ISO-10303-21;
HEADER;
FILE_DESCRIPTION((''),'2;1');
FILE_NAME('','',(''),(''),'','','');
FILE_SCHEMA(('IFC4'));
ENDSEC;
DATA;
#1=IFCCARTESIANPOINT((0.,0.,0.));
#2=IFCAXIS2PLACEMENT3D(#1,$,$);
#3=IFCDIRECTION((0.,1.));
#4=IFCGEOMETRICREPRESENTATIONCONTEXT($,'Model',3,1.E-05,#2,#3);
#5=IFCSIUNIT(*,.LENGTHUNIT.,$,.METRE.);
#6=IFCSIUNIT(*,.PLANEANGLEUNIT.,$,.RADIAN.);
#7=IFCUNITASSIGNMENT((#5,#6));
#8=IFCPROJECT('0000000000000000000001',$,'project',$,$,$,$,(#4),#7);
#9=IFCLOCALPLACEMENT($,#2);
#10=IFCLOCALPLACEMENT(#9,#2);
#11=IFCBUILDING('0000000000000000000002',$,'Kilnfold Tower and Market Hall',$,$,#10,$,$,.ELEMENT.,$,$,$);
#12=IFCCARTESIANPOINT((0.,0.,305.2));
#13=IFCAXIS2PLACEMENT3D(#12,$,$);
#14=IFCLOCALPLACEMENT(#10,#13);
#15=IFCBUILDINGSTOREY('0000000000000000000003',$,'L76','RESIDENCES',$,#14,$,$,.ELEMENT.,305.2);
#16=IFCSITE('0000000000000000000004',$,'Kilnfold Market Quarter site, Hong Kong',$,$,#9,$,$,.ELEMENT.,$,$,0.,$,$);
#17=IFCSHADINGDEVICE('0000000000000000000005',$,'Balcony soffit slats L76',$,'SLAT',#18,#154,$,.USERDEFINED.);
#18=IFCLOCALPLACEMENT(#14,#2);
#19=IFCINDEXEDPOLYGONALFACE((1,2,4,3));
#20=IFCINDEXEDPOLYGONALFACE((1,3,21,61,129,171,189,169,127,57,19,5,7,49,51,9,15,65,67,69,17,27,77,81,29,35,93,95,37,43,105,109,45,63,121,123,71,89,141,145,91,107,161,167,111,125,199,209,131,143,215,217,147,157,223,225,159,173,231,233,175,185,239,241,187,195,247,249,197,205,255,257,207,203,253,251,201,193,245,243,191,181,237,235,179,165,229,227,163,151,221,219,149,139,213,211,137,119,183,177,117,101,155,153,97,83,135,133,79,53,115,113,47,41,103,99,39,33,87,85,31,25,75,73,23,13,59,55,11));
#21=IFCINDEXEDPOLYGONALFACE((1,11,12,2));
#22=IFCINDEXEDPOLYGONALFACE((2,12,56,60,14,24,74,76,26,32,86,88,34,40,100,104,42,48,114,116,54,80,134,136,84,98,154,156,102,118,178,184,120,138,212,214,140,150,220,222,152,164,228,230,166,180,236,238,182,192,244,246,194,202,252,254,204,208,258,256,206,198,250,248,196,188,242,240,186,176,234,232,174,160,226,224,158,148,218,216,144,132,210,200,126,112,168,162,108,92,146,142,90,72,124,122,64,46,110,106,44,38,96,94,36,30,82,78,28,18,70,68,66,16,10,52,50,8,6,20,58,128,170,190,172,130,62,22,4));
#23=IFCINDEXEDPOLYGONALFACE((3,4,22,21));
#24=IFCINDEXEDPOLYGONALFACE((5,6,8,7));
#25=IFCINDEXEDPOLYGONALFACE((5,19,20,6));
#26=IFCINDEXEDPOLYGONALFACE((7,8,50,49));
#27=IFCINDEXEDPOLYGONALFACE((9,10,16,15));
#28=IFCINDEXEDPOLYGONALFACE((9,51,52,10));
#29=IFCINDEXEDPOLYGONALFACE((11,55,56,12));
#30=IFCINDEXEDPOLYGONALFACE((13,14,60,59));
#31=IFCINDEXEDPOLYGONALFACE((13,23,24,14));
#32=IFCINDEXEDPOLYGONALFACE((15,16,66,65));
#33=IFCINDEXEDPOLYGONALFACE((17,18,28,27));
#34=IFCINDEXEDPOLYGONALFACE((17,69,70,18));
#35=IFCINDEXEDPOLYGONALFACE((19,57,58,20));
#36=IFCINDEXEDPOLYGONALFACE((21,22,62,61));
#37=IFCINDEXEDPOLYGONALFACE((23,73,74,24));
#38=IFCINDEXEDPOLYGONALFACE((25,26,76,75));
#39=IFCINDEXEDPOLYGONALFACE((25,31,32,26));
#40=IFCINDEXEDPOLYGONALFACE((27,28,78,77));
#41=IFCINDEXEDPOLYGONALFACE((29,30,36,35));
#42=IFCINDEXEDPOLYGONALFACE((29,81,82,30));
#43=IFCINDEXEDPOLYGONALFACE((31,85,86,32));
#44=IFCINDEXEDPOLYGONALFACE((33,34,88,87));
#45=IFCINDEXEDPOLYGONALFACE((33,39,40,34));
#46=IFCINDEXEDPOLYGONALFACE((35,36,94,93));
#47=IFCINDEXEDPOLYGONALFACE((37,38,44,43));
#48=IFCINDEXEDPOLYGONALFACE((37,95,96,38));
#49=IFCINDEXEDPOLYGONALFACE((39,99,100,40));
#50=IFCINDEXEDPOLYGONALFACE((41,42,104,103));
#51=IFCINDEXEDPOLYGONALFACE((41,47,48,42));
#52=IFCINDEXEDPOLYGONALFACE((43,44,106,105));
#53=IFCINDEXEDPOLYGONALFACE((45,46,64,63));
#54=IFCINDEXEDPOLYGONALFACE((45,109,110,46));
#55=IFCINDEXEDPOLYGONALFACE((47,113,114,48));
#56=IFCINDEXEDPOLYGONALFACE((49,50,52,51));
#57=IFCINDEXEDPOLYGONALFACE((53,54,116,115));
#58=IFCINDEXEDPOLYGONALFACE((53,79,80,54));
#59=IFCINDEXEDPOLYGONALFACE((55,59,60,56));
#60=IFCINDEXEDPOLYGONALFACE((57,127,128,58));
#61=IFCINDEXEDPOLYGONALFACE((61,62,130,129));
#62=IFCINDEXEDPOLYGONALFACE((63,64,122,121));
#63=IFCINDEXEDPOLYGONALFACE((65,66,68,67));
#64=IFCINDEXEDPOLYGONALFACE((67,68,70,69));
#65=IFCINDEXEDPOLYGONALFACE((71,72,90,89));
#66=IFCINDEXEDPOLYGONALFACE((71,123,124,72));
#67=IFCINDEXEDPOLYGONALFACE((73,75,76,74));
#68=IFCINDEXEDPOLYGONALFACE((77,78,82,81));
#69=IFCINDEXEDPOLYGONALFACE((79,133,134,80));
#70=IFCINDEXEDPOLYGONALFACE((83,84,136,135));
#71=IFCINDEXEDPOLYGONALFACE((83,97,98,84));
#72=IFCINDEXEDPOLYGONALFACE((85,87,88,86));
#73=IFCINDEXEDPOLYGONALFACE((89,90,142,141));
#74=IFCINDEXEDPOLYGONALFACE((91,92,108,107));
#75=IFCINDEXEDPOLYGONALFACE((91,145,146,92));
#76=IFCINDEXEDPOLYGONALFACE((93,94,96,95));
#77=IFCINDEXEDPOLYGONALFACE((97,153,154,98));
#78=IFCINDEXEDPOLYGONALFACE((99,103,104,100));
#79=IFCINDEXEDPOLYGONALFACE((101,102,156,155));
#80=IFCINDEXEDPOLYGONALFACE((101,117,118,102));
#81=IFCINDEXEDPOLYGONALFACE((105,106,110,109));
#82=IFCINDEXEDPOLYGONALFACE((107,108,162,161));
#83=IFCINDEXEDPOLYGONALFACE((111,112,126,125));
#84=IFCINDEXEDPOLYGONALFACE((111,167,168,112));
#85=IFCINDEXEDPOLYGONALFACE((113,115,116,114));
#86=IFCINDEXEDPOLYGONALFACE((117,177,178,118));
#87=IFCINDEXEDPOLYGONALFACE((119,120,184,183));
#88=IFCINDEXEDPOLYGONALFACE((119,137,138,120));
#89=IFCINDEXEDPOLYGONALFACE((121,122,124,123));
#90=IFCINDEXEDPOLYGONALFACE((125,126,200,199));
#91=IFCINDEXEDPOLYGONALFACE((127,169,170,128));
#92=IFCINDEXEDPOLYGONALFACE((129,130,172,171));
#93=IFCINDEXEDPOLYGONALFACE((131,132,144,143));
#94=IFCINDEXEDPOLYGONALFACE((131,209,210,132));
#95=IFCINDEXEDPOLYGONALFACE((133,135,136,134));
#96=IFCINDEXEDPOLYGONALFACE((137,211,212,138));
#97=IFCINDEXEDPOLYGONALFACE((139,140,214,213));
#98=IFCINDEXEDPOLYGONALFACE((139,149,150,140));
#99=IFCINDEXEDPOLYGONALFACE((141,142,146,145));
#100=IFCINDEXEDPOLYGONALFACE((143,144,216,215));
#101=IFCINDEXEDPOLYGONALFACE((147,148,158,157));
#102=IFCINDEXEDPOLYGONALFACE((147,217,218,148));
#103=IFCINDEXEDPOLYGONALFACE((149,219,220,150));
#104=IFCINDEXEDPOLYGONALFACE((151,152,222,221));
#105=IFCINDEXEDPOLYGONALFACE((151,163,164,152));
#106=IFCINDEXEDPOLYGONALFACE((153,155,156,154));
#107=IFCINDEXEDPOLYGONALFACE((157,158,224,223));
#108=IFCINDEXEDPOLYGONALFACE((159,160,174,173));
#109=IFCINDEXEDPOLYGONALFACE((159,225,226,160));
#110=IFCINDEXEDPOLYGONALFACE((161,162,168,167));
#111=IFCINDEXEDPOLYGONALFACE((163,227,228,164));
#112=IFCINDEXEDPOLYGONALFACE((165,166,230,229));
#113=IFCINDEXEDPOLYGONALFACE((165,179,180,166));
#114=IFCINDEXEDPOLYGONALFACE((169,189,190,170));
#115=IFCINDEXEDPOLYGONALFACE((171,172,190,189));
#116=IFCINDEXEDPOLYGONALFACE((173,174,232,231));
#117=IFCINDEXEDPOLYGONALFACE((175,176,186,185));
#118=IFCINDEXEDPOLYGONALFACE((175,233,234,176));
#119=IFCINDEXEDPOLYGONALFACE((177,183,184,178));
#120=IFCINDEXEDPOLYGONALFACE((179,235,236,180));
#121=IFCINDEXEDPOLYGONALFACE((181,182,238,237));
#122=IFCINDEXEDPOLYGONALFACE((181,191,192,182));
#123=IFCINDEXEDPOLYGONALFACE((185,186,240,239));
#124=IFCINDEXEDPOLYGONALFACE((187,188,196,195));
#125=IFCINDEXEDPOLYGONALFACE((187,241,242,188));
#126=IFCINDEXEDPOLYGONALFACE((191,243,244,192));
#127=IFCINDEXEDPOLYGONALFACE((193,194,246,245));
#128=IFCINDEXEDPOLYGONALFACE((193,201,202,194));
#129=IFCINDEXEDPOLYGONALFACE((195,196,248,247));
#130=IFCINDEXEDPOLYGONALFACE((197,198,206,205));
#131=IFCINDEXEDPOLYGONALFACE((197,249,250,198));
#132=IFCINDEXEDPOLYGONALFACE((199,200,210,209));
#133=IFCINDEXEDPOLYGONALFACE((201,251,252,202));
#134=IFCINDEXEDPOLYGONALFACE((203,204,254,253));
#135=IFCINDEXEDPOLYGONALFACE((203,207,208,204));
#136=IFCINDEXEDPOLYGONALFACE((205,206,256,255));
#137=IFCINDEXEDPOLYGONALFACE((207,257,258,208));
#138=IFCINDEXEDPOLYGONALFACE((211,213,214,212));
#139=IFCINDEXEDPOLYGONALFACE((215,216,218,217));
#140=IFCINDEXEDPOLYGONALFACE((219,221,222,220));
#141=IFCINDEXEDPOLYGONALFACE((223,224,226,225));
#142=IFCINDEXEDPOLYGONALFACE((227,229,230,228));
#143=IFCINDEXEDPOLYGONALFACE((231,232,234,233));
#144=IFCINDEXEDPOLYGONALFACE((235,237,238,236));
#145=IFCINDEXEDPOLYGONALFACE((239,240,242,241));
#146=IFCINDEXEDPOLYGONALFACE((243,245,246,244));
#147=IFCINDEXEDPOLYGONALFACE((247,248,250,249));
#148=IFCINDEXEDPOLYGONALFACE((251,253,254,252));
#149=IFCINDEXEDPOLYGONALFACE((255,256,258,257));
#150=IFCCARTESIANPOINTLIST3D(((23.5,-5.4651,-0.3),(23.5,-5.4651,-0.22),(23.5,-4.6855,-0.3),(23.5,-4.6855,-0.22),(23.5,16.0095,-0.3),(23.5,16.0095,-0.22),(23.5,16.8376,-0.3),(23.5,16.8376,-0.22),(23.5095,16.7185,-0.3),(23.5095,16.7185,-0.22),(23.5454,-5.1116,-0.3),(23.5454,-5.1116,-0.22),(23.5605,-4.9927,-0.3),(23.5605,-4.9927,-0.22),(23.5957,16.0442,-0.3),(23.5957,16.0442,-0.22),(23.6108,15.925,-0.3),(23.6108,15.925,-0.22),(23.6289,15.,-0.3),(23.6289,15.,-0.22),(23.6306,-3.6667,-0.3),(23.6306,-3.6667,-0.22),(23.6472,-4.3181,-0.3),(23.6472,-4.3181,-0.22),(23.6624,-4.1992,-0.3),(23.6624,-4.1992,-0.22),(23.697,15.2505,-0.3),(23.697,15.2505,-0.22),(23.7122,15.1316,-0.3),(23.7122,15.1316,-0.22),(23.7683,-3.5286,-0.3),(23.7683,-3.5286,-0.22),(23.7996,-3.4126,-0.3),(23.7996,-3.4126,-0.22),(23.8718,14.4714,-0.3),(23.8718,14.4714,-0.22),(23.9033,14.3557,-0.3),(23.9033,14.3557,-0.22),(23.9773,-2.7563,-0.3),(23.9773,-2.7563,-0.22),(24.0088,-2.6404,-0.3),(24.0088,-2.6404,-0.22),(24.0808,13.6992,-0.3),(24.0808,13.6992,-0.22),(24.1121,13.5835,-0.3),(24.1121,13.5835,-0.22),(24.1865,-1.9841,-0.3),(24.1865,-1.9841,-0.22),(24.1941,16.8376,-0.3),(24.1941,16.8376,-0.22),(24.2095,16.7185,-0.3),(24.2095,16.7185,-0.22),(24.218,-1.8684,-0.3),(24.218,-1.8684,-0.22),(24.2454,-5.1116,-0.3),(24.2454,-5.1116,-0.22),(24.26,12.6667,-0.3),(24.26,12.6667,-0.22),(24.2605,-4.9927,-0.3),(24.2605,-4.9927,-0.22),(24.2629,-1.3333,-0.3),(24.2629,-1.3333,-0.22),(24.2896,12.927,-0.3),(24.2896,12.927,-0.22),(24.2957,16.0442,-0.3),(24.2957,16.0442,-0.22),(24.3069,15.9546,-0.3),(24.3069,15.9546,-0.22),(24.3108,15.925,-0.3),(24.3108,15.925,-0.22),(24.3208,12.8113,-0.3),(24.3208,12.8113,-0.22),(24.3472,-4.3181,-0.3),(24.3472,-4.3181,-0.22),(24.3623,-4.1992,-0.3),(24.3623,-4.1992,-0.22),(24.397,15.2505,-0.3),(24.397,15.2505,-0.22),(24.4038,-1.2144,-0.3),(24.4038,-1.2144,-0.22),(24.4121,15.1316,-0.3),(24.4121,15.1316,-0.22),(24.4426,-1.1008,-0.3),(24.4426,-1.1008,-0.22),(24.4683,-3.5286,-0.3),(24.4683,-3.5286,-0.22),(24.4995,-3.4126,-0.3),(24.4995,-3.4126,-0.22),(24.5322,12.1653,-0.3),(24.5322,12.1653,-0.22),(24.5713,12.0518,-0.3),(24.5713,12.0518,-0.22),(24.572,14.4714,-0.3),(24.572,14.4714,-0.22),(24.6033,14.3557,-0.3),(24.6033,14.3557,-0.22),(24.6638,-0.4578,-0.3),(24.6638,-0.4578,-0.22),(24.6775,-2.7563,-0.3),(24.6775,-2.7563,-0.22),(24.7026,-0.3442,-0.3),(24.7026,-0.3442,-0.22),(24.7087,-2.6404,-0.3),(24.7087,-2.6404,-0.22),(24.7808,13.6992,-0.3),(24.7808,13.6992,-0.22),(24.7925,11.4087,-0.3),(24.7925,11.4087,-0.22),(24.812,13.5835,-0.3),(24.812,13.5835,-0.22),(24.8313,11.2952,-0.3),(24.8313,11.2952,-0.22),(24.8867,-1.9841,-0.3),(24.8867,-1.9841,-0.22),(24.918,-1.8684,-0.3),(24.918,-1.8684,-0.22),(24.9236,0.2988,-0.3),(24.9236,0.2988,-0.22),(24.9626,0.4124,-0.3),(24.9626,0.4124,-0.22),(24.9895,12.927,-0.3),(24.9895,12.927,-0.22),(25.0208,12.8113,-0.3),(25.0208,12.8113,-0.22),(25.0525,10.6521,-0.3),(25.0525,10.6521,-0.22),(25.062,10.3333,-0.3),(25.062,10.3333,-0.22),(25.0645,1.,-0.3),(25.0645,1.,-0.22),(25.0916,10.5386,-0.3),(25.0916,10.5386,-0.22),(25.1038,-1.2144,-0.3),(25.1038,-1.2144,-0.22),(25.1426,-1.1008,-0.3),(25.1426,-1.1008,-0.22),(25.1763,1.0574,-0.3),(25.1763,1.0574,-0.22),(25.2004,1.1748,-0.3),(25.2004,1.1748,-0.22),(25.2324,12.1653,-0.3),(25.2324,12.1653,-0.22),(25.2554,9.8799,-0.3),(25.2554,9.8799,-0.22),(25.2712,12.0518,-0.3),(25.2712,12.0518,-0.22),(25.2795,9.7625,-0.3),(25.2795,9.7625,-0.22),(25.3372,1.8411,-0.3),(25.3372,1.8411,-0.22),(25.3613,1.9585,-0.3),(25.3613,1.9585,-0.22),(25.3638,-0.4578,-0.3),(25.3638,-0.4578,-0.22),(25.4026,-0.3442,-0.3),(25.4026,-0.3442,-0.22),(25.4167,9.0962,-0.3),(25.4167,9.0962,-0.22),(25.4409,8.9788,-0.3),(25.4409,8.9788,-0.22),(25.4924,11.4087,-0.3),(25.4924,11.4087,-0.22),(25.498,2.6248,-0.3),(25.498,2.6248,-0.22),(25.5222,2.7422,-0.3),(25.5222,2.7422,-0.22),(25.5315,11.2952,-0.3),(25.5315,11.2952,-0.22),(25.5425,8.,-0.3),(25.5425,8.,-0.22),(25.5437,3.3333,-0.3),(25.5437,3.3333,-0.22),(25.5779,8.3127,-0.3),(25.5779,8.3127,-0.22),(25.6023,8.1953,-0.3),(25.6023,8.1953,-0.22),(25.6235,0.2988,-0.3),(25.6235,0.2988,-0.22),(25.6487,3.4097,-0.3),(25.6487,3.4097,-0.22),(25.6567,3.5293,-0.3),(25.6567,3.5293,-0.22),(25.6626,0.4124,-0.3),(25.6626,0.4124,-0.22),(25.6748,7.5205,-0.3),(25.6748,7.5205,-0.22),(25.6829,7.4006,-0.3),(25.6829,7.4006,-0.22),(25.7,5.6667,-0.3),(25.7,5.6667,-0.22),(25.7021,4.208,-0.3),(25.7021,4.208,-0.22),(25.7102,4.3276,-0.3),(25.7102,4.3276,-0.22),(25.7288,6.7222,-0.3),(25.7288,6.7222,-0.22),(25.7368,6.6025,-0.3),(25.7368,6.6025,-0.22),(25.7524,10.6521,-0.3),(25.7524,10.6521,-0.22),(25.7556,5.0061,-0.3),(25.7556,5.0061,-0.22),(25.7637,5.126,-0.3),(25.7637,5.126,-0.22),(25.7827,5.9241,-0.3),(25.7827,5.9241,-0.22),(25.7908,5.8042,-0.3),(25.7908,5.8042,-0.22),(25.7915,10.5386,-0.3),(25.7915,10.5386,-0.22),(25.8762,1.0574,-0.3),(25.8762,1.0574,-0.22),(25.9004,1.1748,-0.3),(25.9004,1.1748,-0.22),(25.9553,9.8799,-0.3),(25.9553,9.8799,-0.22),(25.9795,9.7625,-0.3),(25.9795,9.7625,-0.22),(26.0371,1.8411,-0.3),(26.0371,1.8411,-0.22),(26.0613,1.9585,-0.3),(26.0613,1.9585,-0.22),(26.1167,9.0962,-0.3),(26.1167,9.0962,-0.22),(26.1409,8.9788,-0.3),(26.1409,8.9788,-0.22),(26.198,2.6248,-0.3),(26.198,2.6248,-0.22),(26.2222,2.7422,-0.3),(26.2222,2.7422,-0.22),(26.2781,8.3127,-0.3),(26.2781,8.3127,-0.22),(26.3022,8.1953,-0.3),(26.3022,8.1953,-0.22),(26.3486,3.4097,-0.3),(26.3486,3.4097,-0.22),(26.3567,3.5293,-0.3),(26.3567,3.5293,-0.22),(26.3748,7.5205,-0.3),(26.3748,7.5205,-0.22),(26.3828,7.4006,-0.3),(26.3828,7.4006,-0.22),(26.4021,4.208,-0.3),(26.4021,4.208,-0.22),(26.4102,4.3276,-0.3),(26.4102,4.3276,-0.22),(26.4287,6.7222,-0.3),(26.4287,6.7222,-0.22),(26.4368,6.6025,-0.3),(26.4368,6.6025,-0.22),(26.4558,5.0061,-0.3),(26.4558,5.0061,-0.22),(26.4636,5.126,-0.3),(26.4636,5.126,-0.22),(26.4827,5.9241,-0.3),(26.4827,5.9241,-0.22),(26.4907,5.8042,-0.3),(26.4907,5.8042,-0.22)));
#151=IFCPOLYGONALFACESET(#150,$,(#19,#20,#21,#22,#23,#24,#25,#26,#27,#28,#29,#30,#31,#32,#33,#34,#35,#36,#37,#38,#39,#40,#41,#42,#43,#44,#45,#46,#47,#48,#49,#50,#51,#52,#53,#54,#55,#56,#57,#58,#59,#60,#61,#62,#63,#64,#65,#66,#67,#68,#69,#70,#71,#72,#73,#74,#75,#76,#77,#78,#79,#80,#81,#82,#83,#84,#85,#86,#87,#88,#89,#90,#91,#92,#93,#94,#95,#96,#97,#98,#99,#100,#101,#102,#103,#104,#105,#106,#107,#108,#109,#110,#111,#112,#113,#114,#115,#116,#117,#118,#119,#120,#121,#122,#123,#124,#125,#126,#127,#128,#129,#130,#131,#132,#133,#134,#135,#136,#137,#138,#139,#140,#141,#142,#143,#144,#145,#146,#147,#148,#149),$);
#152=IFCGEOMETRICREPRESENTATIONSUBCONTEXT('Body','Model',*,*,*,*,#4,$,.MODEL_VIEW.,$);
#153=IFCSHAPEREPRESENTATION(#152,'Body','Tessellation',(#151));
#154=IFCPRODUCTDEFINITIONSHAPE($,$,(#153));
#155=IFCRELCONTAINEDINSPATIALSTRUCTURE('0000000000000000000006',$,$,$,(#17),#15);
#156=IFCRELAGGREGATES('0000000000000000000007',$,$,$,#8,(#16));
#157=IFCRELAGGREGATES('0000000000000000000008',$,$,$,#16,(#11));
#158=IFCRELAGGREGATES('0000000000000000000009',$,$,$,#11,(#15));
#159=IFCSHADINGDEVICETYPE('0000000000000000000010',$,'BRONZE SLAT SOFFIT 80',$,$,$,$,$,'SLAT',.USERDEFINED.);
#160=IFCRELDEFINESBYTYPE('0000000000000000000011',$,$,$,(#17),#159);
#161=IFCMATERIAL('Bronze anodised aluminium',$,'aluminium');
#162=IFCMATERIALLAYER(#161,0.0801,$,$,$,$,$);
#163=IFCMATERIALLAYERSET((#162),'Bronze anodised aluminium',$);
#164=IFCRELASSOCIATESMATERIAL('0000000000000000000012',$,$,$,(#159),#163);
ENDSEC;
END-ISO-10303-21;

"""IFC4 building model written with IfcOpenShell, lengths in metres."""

from ifc_helpers import new_model, si_unit, direction, frame, origin, place, context, subcontext, project, spatial, polyline, outline, extrude, source, transform, mapped, material, layer, layer_set, type_object, element, save


model = new_model("IFC4")

# Units and contexts
model_context = context("Model", 3, precision=1e-05, world=origin(), true_north=direction((0.0, 1.0)))
body_context = subcontext(model_context, "Body", "Model", "MODEL_VIEW")
ifc_project = project(units=[si_unit("LENGTHUNIT", "METRE"), si_unit("PLANEANGLEUNIT", "RADIAN")], contexts=[model_context])

# Site, building, storey
site_placement = place(None, origin())
site = spatial("IfcSite", under=ifc_project, at=site_placement, Name="Kilnfold Market Quarter site, Hong Kong", CompositionType="ELEMENT", RefElevation=0.0)
building_placement = place(site_placement, origin())
building = spatial("IfcBuilding", under=site, at=building_placement, Name="Kilnfold Tower and Market Hall", CompositionType="ELEMENT")
storey_placement = place(building_placement, frame((0.0, 0.0, 305.2)))
storey = spatial("IfcBuildingStorey", under=building, at=storey_placement, Name="L76", Description="RESIDENCES", CompositionType="ELEMENT", Elevation=305.2)

# Shading device
ifc_material_1 = material(Name="Bronze anodised aluminium", Category="aluminium")
ifc_layer_1 = layer(ifc_material_1, 0.0801)
ifc_layer_set_1 = layer_set([ifc_layer_1], Name="Bronze anodised aluminium")
shading_device_type_1 = type_object("IfcShadingDeviceType", Name="BRONZE SLAT SOFFIT 80", ElementType="SLAT", PredefinedType="USERDEFINED", material=ifc_layer_set_1)
shared_shape_1 = source(origin(), body_context, "Body", "SweptSolid", [
    extrude(outline(polyline([(23.6306, -3.6667), (24.2629, -1.3333), (25.0645, 1.0), (25.5437, 3.3333), (25.7, 5.6667), (25.5425, 8.0), (25.062, 10.3333), (24.26, 12.6667), (23.6289, 15.0), (23.5, 16.0095), (23.5, 16.8376), (24.1941, 16.8376), (24.2095, 16.7185), (23.5095, 16.7185), (23.5957, 16.0442), (24.2957, 16.0442), (24.3069, 15.9546), (24.3108, 15.925), (23.6108, 15.925), (23.697, 15.2505), (24.397, 15.2505), (24.4121, 15.1316), (23.7122, 15.1316), (23.8718, 14.4714), (24.572, 14.4714), (24.6033, 14.3557), (23.9033, 14.3557), (24.0808, 13.6992), (24.7808, 13.6992), (24.812, 13.5835), (24.1121, 13.5835), (24.2896, 12.927), (24.9895, 12.927), (25.0208, 12.8113), (24.3208, 12.8113), (24.5322, 12.1653), (25.2324, 12.1653), (25.2712, 12.0518), (24.5713, 12.0518), (24.7925, 11.4087), (25.4924, 11.4087), (25.5315, 11.2952), (24.8313, 11.2952), (25.0525, 10.6521), (25.7524, 10.6521), (25.7915, 10.5386), (25.0916, 10.5386), (25.2554, 9.8799), (25.9553, 9.8799), (25.9795, 9.7625), (25.2795, 9.7625), (25.4167, 9.0962), (26.1167, 9.0962), (26.1409, 8.9788), (25.4409, 8.9788), (25.5779, 8.3127), (26.2781, 8.3127), (26.3022, 8.1953), (25.6023, 8.1953), (25.6748, 7.5205), (26.3748, 7.5205), (26.3828, 7.4006), (25.6829, 7.4006), (25.7288, 6.7222), (26.4287, 6.7222), (26.4368, 6.6025), (25.7368, 6.6025), (25.7827, 5.9241), (26.4827, 5.9241), (26.4907, 5.8042), (25.7908, 5.8042), (25.7637, 5.126), (26.4636, 5.126), (26.4558, 5.0061), (25.7556, 5.0061), (25.7102, 4.3276), (26.4102, 4.3276), (26.4021, 4.208), (25.7021, 4.208), (25.6567, 3.5293), (26.3567, 3.5293), (26.3486, 3.4097), (25.6487, 3.4097), (25.5222, 2.7422), (26.2222, 2.7422), (26.198, 2.6248), (25.498, 2.6248), (25.3613, 1.9585), (26.0613, 1.9585), (26.0371, 1.8411), (25.3372, 1.8411), (25.2004, 1.1748), (25.9004, 1.1748), (25.8762, 1.0574), (25.1763, 1.0574), (24.9626, 0.4124), (25.6626, 0.4124), (25.6235, 0.2988), (24.9236, 0.2988), (24.7026, -0.3442), (25.4026, -0.3442), (25.3638, -0.4578), (24.6638, -0.4578), (24.4426, -1.1008), (25.1426, -1.1008), (25.1038, -1.2144), (24.4038, -1.2144), (24.218, -1.8684), (24.918, -1.8684), (24.8867, -1.9841), (24.1865, -1.9841), (24.0088, -2.6404), (24.7087, -2.6404), (24.6775, -2.7563), (23.9773, -2.7563), (23.7996, -3.4126), (24.4995, -3.4126), (24.4683, -3.5286), (23.7683, -3.5286), (23.6624, -4.1992), (24.3623, -4.1992), (24.3472, -4.3181), (23.6472, -4.3181), (23.5605, -4.9927), (24.2605, -4.9927), (24.2454, -5.1116), (23.5454, -5.1116), (23.5, -5.4651), (23.5, -4.6855), (23.6306, -3.6667)])), origin(), (0.0, 0.0, 1.0), 0.0801),
])
shading_device_1_placement = place(storey_placement, frame((0.0, 0.0, -0.3)))
element("IfcShadingDevice", 1, at=shading_device_1_placement, inside=storey, type_object=shading_device_type_1, Name="Balcony soffit slats L76", ObjectType="SLAT", PredefinedType="USERDEFINED", context=body_context, shape_type="MappedRepresentation", body=[
    mapped(shared_shape_1, transform((0.0, 0.0, 0.0))),
])

save(model, "model.ifc")
